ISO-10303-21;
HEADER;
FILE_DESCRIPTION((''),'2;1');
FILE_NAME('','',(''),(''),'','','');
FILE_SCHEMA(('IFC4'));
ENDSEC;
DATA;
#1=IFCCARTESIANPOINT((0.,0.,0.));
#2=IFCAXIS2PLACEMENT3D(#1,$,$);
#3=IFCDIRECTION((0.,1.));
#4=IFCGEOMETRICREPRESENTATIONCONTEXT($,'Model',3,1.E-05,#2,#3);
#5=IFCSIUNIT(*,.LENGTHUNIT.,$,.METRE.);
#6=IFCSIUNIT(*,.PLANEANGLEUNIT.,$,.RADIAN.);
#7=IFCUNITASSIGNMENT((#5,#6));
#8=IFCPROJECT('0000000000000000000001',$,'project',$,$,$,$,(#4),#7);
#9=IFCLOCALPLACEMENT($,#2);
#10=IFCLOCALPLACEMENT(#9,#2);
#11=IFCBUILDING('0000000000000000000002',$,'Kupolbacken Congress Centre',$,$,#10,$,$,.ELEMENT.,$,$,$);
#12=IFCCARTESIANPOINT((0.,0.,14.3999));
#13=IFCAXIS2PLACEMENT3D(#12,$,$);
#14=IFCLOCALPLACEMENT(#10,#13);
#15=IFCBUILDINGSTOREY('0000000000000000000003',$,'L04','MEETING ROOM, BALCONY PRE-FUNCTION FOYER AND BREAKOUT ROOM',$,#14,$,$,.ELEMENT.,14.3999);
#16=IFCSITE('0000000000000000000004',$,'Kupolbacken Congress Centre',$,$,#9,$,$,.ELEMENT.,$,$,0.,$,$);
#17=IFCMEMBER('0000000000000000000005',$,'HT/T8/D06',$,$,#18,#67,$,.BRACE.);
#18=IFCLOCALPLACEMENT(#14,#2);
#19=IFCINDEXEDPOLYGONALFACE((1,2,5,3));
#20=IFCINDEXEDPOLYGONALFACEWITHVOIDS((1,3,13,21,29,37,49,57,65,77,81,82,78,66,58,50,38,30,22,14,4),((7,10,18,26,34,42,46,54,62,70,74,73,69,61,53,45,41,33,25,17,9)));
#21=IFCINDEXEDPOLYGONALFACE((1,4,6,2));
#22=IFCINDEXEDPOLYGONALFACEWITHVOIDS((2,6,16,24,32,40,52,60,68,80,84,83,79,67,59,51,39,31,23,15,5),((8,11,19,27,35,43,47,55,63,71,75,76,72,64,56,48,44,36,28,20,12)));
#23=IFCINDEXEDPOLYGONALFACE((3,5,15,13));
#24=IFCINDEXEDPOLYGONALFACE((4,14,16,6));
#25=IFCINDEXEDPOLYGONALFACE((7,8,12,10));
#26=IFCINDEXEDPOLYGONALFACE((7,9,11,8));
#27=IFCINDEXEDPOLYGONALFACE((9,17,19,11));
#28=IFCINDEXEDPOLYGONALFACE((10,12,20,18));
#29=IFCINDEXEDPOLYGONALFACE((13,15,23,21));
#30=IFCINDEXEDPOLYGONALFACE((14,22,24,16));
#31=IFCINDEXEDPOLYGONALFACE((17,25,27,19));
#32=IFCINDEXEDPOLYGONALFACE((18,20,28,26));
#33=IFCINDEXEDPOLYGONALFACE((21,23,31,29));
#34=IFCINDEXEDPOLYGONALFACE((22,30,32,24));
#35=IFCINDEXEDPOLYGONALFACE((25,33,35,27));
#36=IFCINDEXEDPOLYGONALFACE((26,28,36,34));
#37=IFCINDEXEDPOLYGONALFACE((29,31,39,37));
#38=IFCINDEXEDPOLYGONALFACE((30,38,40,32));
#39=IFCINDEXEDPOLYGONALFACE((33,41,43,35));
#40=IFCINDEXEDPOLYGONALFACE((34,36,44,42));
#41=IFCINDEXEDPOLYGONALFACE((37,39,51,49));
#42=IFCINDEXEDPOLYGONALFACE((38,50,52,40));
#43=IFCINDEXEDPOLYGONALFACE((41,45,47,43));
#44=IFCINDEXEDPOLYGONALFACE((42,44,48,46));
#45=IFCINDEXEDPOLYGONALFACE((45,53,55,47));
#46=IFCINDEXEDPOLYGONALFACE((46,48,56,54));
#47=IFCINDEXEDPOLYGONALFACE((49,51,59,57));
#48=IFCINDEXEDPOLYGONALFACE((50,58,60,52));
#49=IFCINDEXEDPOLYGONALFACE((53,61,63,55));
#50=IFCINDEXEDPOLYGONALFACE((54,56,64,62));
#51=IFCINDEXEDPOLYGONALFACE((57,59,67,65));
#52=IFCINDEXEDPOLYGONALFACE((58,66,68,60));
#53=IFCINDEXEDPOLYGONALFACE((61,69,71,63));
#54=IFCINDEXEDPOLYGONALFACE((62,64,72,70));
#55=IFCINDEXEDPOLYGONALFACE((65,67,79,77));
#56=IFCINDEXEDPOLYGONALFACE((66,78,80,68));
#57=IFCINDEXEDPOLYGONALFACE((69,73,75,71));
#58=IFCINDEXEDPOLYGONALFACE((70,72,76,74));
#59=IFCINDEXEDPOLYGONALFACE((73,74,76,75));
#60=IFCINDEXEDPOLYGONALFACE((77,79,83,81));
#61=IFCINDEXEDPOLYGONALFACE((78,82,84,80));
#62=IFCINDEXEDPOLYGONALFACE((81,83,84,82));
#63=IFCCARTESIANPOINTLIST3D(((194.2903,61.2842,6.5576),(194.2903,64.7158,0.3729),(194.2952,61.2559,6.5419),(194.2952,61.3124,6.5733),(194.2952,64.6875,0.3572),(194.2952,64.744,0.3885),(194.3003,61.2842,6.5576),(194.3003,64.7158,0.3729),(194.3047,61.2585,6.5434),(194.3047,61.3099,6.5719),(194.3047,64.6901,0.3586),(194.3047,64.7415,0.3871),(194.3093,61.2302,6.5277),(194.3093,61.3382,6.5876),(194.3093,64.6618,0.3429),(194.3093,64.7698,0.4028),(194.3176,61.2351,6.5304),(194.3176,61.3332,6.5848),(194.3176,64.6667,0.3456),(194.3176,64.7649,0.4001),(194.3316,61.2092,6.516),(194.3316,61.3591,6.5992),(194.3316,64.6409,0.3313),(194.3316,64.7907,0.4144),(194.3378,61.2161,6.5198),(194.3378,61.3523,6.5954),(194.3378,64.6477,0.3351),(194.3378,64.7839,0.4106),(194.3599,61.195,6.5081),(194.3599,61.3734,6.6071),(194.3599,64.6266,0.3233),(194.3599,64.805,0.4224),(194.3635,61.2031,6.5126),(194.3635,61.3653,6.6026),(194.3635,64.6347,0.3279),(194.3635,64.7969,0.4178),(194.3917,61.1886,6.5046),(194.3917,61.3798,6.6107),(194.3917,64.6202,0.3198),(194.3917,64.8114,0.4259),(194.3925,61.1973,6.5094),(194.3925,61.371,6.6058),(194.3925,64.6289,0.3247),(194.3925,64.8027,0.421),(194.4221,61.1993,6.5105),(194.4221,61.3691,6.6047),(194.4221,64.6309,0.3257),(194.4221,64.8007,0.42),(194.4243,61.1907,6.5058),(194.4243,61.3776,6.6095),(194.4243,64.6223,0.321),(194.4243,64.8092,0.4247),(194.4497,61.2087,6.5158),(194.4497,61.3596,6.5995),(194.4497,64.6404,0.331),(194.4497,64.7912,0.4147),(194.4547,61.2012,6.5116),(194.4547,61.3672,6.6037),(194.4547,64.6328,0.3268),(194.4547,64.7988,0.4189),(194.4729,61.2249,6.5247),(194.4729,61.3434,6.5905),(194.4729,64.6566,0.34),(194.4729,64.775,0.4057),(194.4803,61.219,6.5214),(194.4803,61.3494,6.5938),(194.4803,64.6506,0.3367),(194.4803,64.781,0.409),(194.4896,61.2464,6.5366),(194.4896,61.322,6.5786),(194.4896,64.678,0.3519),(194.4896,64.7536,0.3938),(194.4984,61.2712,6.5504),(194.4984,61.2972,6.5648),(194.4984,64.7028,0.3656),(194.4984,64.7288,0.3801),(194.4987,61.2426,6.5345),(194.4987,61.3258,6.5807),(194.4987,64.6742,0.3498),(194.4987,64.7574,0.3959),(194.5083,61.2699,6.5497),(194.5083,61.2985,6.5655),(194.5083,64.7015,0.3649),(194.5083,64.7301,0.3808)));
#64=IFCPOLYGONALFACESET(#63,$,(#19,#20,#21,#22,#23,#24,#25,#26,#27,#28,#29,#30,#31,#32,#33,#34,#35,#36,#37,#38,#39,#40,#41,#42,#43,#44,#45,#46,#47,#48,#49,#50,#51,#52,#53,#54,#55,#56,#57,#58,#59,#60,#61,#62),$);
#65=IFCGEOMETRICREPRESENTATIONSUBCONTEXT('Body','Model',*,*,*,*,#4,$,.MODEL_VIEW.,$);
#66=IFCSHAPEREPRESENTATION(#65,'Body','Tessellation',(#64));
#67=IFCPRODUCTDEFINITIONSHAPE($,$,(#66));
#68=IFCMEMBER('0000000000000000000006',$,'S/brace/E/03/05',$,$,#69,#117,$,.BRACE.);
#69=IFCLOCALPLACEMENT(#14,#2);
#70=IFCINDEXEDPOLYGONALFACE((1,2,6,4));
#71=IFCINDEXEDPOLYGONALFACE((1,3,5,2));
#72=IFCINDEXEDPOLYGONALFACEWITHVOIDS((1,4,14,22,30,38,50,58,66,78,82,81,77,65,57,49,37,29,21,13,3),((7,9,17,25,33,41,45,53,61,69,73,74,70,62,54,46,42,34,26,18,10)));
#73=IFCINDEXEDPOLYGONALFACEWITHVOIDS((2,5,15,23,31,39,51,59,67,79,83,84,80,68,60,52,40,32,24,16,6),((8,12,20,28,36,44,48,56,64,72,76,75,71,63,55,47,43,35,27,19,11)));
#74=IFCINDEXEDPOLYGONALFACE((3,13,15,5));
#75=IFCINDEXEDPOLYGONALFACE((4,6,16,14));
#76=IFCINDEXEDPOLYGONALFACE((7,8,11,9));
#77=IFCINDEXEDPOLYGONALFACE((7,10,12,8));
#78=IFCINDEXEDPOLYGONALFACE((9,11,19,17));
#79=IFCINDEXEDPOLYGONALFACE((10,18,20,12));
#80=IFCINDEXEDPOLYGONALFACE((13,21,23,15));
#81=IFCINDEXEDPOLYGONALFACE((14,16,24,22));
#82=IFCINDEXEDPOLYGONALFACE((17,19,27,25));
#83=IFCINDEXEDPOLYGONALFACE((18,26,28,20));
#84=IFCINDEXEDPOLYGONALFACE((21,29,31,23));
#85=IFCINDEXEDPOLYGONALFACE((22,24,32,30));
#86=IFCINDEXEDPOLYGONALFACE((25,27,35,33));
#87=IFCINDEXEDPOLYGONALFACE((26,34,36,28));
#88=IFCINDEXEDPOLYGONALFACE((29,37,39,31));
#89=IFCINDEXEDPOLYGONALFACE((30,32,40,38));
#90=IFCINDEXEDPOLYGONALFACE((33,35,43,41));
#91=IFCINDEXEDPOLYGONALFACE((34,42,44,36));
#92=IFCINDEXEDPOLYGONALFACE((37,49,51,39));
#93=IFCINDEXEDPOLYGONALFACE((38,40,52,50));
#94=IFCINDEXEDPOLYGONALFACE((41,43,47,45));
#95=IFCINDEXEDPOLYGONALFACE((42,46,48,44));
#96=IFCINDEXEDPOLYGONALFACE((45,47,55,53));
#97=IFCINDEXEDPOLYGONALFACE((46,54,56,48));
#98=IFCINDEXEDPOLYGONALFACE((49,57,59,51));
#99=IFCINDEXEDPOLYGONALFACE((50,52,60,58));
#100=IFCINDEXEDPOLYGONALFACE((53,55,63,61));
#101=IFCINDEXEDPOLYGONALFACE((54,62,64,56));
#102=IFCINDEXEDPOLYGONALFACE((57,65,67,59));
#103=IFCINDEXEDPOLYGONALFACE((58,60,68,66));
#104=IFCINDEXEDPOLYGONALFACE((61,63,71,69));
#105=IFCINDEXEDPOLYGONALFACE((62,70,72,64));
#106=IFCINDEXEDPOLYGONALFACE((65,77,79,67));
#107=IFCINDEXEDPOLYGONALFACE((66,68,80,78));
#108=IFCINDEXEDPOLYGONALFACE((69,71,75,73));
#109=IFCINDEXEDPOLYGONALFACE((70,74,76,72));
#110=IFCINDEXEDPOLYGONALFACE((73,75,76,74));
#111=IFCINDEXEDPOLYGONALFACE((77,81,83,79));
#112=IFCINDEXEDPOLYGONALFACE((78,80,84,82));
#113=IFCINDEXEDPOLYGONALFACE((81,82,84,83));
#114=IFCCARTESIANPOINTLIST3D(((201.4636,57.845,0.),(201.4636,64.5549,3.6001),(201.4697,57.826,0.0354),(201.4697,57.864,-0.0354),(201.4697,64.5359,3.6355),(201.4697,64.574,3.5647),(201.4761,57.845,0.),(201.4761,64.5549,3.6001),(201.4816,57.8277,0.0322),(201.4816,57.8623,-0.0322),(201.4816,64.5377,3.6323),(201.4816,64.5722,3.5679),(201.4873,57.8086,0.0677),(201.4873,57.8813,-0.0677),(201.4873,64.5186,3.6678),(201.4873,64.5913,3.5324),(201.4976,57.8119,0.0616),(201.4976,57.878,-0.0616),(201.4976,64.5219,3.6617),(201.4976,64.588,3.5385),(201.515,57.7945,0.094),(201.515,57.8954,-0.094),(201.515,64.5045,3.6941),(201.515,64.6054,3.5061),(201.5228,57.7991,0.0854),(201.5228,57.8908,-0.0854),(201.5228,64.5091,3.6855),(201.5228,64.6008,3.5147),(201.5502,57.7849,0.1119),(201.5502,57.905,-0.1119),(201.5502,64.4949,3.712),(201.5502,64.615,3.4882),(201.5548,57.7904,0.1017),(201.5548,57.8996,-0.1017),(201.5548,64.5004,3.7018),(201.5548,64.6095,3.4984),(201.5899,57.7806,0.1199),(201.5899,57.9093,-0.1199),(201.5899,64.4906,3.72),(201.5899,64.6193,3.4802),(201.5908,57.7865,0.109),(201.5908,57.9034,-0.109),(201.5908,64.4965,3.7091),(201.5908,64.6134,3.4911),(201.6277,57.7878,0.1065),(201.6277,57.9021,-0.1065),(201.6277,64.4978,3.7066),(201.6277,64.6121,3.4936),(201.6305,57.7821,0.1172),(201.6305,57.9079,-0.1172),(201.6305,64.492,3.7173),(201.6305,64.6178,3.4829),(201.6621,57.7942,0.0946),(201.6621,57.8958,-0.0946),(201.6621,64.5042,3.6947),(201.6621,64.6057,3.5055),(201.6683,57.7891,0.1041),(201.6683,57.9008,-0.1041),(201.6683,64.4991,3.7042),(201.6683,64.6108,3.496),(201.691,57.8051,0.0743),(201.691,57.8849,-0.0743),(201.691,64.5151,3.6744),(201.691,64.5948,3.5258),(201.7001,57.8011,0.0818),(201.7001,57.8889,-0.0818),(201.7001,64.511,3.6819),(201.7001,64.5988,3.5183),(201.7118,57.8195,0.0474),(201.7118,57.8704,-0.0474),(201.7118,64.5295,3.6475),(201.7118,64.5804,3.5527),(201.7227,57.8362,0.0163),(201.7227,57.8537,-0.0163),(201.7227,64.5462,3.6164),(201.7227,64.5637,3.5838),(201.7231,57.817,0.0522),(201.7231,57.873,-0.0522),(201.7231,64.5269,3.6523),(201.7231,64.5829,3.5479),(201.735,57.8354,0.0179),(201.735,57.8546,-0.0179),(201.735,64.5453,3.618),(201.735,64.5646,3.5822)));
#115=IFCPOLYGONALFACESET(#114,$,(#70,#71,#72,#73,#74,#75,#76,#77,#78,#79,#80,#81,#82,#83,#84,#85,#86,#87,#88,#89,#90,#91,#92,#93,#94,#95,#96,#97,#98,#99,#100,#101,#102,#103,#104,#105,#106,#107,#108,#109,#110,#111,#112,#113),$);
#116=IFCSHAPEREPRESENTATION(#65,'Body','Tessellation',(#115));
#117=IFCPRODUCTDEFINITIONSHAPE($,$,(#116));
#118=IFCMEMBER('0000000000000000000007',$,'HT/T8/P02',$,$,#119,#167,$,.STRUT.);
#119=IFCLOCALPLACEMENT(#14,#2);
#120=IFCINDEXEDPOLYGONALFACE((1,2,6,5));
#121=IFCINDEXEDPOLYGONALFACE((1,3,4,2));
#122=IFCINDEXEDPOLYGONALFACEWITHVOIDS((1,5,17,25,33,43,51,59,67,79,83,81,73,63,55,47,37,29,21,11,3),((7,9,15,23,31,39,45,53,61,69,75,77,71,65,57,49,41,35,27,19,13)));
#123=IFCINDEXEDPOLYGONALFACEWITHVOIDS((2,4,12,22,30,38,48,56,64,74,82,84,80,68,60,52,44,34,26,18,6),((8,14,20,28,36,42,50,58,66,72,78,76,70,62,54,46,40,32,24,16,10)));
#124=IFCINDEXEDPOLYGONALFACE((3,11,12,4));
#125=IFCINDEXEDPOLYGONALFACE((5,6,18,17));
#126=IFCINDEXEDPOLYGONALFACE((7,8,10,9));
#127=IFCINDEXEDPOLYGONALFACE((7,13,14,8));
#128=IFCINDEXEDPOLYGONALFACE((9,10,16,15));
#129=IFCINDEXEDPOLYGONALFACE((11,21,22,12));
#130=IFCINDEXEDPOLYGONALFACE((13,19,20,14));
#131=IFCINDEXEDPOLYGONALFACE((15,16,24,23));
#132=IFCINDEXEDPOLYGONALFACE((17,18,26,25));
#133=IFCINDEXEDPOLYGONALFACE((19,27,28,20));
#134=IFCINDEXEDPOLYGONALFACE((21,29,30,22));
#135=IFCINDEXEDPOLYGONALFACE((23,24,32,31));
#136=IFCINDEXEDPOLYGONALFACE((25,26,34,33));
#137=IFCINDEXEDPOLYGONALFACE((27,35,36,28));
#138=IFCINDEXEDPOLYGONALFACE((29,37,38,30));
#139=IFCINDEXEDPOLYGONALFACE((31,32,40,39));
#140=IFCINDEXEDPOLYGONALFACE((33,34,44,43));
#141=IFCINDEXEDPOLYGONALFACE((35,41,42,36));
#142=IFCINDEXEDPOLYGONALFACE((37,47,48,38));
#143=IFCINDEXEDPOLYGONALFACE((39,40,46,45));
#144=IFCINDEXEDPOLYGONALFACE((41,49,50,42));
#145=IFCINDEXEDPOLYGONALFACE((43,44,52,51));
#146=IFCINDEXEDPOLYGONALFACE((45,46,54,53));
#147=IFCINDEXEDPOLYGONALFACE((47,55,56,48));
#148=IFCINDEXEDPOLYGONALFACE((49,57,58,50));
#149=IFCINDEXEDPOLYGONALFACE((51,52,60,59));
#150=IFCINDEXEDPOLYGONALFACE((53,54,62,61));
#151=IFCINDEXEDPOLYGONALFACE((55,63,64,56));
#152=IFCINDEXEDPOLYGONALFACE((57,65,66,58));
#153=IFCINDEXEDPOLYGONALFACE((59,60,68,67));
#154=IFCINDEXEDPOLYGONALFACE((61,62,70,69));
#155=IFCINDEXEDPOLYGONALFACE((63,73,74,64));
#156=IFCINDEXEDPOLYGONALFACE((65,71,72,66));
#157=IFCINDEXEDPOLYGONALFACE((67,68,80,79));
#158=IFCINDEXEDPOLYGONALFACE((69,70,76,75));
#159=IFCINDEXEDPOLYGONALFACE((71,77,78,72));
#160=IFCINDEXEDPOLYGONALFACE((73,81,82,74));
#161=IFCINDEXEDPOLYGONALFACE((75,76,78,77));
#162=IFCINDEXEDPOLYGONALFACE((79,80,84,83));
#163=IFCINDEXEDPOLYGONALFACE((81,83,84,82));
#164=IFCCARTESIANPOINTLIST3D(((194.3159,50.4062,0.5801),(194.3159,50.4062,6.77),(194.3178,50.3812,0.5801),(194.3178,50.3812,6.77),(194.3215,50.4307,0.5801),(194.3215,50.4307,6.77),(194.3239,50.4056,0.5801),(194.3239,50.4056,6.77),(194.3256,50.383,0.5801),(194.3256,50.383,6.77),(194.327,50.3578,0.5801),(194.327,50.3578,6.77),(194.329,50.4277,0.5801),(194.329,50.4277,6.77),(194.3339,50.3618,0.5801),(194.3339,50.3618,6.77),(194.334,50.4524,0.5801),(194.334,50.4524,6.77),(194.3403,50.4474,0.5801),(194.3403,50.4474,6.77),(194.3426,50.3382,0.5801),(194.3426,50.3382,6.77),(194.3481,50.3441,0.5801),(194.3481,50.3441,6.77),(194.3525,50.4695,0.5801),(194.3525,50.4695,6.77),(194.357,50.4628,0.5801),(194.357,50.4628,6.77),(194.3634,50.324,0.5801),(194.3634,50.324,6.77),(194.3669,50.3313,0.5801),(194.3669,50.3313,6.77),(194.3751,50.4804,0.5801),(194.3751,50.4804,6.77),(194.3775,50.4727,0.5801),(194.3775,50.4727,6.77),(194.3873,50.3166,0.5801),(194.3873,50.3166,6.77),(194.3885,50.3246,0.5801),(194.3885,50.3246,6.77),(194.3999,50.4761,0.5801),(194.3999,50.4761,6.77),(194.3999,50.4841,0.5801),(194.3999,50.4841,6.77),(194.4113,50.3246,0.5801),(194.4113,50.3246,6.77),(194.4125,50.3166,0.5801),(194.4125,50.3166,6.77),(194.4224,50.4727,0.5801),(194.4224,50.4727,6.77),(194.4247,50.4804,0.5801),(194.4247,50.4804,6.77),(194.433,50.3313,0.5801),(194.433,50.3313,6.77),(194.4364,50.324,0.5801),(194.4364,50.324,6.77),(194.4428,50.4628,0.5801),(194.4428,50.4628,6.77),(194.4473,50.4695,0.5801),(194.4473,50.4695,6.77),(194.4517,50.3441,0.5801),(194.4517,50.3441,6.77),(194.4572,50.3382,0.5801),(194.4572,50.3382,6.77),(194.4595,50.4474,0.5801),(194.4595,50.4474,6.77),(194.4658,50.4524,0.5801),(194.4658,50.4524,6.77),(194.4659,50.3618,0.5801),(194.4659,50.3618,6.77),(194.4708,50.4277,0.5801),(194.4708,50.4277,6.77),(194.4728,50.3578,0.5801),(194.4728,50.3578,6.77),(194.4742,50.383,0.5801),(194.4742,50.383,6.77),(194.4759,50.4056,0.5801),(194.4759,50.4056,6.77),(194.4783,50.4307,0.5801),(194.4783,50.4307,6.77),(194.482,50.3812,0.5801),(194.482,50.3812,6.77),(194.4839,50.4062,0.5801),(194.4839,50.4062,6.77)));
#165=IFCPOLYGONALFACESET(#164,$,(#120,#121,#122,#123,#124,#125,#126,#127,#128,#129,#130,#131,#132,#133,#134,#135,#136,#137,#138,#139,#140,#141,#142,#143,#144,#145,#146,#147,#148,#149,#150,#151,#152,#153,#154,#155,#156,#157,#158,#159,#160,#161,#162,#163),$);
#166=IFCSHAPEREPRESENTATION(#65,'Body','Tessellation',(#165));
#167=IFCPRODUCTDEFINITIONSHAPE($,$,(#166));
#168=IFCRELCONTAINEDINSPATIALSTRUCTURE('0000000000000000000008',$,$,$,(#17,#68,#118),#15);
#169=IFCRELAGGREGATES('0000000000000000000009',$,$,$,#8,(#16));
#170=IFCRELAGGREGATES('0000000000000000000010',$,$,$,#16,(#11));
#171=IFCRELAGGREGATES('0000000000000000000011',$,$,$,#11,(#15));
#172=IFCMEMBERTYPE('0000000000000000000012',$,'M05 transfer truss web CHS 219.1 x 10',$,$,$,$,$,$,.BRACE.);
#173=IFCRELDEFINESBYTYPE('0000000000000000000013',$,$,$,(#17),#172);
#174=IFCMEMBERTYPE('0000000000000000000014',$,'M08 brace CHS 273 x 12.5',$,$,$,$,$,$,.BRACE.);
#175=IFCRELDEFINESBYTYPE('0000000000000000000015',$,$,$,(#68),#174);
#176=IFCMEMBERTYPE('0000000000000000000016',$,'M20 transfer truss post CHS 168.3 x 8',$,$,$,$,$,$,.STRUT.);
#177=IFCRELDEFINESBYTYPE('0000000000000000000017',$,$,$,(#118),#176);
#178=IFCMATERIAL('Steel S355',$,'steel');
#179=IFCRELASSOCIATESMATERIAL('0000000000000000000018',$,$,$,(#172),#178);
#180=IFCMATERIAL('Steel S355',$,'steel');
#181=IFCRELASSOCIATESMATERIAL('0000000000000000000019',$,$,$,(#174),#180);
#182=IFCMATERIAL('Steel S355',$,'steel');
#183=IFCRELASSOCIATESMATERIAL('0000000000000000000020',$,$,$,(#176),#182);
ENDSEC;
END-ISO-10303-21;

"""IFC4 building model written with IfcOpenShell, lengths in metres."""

from ifc_helpers import new_model, si_unit, direction, frame, origin, origin_2d, place, context, subcontext, project, spatial, hollow_circle, extrude, material, material_profile, profile_set, type_object, element, save


model = new_model("IFC4")

# Units and contexts
model_context = context("Model", 3, precision=1e-05, world=origin(), true_north=direction((0.0, 1.0)))
body_context = subcontext(model_context, "Body", "Model", "MODEL_VIEW")
ifc_project = project(units=[si_unit("LENGTHUNIT", "METRE"), si_unit("PLANEANGLEUNIT", "RADIAN")], contexts=[model_context])

# Site, building, storey
site_placement = place(None, origin())
site = spatial("IfcSite", under=ifc_project, at=site_placement, Name="Kupolbacken Congress Centre", CompositionType="ELEMENT", RefElevation=0.0)
building_placement = place(site_placement, origin())
building = spatial("IfcBuilding", under=site, at=building_placement, Name="Kupolbacken Congress Centre", CompositionType="ELEMENT")
storey_placement = place(building_placement, frame((0.0, 0.0, 14.3999)))
storey = spatial("IfcBuildingStorey", under=building, at=storey_placement, Name="L04", Description="MEETING ROOM, BALCONY PRE-FUNCTION FOYER AND BREAKOUT ROOM", CompositionType="ELEMENT", Elevation=14.3999)

# Members
ifc_material_1 = material(Name="Steel S355", Category="steel")
ifc_material_profile_1 = material_profile(ifc_material_1, hollow_circle(Radius=0.1096, WallThickness=0.01, at=origin_2d()), Name="CHS 219.1 x 10")
ifc_profile_set_1 = profile_set([ifc_material_profile_1], Name="Steel S355")
member_type_1 = type_object("IfcMemberType", Name="M05 transfer truss web CHS 219.1 x 10", PredefinedType="BRACE", material=ifc_profile_set_1)
member_1_placement = place(storey_placement, frame((194.3999, 61.2842, 6.5576), z_axis=(0.0, 0.485171, -0.874419), x_axis=(-1.0, 0.0, 0.0)))
element("IfcMember", 1, at=member_1_placement, inside=storey, type_object=member_type_1, Name="HT/T8/D06", PredefinedType="BRACE", context=body_context, shape_type="SweptSolid", body=[
    extrude(hollow_circle(Radius=0.1096, WallThickness=0.01, at=origin_2d()), origin(), (0.0, 0.0, 1.0), 7.073),
])
ifc_material_2 = material(Name="Steel S355", Category="steel")
ifc_material_profile_2 = material_profile(ifc_material_2, hollow_circle(Radius=0.1365, WallThickness=0.0125, at=origin_2d()), Name="CHS 273 x 12.5")
ifc_profile_set_2 = profile_set([ifc_material_profile_2], Name="Steel S355")
member_type_2 = type_object("IfcMemberType", Name="M08 brace CHS 273 x 12.5", PredefinedType="BRACE", material=ifc_profile_set_2)
member_2_placement = place(storey_placement, frame((201.6001, 57.845, 0.0), z_axis=(0.0, 0.88118, 0.47278), x_axis=(-1.0, 0.0, 0.0)))
element("IfcMember", 2, at=member_2_placement, inside=storey, type_object=member_type_2, Name="S/brace/E/03/05", PredefinedType="BRACE", context=body_context, shape_type="SweptSolid", body=[
    extrude(hollow_circle(Radius=0.1365, WallThickness=0.0125, at=origin_2d()), origin(), (0.0, 0.0, 1.0), 7.6147),
])
ifc_material_3 = material(Name="Steel S355", Category="steel")
ifc_material_profile_3 = material_profile(ifc_material_3, hollow_circle(Radius=0.0842, WallThickness=0.0081, at=origin_2d()), Name="CHS 168.3 x 8")
ifc_profile_set_3 = profile_set([ifc_material_profile_3], Name="Steel S355")
member_type_3 = type_object("IfcMemberType", Name="M20 transfer truss post CHS 168.3 x 8", PredefinedType="STRUT", material=ifc_profile_set_3)
for number, where, z_axis, x_axis, name in (
    (3, (194.3999, 50.3999, 0.5801), (0.0, 0.0, 1.0), (0.0, 1.0, 0.0), "HT/T8/P02"),
):
    element("IfcMember", number, at=place(storey_placement, frame(where, z_axis=z_axis, x_axis=x_axis)), inside=storey, type_object=member_type_3, Name=name, PredefinedType="STRUT", context=body_context, shape_type="SweptSolid", body=[
        extrude(hollow_circle(Radius=0.0842, WallThickness=0.0081, at=origin_2d()), origin(), (0.0, 0.0, 1.0), 6.1899),
    ])

save(model, "model.ifc")
